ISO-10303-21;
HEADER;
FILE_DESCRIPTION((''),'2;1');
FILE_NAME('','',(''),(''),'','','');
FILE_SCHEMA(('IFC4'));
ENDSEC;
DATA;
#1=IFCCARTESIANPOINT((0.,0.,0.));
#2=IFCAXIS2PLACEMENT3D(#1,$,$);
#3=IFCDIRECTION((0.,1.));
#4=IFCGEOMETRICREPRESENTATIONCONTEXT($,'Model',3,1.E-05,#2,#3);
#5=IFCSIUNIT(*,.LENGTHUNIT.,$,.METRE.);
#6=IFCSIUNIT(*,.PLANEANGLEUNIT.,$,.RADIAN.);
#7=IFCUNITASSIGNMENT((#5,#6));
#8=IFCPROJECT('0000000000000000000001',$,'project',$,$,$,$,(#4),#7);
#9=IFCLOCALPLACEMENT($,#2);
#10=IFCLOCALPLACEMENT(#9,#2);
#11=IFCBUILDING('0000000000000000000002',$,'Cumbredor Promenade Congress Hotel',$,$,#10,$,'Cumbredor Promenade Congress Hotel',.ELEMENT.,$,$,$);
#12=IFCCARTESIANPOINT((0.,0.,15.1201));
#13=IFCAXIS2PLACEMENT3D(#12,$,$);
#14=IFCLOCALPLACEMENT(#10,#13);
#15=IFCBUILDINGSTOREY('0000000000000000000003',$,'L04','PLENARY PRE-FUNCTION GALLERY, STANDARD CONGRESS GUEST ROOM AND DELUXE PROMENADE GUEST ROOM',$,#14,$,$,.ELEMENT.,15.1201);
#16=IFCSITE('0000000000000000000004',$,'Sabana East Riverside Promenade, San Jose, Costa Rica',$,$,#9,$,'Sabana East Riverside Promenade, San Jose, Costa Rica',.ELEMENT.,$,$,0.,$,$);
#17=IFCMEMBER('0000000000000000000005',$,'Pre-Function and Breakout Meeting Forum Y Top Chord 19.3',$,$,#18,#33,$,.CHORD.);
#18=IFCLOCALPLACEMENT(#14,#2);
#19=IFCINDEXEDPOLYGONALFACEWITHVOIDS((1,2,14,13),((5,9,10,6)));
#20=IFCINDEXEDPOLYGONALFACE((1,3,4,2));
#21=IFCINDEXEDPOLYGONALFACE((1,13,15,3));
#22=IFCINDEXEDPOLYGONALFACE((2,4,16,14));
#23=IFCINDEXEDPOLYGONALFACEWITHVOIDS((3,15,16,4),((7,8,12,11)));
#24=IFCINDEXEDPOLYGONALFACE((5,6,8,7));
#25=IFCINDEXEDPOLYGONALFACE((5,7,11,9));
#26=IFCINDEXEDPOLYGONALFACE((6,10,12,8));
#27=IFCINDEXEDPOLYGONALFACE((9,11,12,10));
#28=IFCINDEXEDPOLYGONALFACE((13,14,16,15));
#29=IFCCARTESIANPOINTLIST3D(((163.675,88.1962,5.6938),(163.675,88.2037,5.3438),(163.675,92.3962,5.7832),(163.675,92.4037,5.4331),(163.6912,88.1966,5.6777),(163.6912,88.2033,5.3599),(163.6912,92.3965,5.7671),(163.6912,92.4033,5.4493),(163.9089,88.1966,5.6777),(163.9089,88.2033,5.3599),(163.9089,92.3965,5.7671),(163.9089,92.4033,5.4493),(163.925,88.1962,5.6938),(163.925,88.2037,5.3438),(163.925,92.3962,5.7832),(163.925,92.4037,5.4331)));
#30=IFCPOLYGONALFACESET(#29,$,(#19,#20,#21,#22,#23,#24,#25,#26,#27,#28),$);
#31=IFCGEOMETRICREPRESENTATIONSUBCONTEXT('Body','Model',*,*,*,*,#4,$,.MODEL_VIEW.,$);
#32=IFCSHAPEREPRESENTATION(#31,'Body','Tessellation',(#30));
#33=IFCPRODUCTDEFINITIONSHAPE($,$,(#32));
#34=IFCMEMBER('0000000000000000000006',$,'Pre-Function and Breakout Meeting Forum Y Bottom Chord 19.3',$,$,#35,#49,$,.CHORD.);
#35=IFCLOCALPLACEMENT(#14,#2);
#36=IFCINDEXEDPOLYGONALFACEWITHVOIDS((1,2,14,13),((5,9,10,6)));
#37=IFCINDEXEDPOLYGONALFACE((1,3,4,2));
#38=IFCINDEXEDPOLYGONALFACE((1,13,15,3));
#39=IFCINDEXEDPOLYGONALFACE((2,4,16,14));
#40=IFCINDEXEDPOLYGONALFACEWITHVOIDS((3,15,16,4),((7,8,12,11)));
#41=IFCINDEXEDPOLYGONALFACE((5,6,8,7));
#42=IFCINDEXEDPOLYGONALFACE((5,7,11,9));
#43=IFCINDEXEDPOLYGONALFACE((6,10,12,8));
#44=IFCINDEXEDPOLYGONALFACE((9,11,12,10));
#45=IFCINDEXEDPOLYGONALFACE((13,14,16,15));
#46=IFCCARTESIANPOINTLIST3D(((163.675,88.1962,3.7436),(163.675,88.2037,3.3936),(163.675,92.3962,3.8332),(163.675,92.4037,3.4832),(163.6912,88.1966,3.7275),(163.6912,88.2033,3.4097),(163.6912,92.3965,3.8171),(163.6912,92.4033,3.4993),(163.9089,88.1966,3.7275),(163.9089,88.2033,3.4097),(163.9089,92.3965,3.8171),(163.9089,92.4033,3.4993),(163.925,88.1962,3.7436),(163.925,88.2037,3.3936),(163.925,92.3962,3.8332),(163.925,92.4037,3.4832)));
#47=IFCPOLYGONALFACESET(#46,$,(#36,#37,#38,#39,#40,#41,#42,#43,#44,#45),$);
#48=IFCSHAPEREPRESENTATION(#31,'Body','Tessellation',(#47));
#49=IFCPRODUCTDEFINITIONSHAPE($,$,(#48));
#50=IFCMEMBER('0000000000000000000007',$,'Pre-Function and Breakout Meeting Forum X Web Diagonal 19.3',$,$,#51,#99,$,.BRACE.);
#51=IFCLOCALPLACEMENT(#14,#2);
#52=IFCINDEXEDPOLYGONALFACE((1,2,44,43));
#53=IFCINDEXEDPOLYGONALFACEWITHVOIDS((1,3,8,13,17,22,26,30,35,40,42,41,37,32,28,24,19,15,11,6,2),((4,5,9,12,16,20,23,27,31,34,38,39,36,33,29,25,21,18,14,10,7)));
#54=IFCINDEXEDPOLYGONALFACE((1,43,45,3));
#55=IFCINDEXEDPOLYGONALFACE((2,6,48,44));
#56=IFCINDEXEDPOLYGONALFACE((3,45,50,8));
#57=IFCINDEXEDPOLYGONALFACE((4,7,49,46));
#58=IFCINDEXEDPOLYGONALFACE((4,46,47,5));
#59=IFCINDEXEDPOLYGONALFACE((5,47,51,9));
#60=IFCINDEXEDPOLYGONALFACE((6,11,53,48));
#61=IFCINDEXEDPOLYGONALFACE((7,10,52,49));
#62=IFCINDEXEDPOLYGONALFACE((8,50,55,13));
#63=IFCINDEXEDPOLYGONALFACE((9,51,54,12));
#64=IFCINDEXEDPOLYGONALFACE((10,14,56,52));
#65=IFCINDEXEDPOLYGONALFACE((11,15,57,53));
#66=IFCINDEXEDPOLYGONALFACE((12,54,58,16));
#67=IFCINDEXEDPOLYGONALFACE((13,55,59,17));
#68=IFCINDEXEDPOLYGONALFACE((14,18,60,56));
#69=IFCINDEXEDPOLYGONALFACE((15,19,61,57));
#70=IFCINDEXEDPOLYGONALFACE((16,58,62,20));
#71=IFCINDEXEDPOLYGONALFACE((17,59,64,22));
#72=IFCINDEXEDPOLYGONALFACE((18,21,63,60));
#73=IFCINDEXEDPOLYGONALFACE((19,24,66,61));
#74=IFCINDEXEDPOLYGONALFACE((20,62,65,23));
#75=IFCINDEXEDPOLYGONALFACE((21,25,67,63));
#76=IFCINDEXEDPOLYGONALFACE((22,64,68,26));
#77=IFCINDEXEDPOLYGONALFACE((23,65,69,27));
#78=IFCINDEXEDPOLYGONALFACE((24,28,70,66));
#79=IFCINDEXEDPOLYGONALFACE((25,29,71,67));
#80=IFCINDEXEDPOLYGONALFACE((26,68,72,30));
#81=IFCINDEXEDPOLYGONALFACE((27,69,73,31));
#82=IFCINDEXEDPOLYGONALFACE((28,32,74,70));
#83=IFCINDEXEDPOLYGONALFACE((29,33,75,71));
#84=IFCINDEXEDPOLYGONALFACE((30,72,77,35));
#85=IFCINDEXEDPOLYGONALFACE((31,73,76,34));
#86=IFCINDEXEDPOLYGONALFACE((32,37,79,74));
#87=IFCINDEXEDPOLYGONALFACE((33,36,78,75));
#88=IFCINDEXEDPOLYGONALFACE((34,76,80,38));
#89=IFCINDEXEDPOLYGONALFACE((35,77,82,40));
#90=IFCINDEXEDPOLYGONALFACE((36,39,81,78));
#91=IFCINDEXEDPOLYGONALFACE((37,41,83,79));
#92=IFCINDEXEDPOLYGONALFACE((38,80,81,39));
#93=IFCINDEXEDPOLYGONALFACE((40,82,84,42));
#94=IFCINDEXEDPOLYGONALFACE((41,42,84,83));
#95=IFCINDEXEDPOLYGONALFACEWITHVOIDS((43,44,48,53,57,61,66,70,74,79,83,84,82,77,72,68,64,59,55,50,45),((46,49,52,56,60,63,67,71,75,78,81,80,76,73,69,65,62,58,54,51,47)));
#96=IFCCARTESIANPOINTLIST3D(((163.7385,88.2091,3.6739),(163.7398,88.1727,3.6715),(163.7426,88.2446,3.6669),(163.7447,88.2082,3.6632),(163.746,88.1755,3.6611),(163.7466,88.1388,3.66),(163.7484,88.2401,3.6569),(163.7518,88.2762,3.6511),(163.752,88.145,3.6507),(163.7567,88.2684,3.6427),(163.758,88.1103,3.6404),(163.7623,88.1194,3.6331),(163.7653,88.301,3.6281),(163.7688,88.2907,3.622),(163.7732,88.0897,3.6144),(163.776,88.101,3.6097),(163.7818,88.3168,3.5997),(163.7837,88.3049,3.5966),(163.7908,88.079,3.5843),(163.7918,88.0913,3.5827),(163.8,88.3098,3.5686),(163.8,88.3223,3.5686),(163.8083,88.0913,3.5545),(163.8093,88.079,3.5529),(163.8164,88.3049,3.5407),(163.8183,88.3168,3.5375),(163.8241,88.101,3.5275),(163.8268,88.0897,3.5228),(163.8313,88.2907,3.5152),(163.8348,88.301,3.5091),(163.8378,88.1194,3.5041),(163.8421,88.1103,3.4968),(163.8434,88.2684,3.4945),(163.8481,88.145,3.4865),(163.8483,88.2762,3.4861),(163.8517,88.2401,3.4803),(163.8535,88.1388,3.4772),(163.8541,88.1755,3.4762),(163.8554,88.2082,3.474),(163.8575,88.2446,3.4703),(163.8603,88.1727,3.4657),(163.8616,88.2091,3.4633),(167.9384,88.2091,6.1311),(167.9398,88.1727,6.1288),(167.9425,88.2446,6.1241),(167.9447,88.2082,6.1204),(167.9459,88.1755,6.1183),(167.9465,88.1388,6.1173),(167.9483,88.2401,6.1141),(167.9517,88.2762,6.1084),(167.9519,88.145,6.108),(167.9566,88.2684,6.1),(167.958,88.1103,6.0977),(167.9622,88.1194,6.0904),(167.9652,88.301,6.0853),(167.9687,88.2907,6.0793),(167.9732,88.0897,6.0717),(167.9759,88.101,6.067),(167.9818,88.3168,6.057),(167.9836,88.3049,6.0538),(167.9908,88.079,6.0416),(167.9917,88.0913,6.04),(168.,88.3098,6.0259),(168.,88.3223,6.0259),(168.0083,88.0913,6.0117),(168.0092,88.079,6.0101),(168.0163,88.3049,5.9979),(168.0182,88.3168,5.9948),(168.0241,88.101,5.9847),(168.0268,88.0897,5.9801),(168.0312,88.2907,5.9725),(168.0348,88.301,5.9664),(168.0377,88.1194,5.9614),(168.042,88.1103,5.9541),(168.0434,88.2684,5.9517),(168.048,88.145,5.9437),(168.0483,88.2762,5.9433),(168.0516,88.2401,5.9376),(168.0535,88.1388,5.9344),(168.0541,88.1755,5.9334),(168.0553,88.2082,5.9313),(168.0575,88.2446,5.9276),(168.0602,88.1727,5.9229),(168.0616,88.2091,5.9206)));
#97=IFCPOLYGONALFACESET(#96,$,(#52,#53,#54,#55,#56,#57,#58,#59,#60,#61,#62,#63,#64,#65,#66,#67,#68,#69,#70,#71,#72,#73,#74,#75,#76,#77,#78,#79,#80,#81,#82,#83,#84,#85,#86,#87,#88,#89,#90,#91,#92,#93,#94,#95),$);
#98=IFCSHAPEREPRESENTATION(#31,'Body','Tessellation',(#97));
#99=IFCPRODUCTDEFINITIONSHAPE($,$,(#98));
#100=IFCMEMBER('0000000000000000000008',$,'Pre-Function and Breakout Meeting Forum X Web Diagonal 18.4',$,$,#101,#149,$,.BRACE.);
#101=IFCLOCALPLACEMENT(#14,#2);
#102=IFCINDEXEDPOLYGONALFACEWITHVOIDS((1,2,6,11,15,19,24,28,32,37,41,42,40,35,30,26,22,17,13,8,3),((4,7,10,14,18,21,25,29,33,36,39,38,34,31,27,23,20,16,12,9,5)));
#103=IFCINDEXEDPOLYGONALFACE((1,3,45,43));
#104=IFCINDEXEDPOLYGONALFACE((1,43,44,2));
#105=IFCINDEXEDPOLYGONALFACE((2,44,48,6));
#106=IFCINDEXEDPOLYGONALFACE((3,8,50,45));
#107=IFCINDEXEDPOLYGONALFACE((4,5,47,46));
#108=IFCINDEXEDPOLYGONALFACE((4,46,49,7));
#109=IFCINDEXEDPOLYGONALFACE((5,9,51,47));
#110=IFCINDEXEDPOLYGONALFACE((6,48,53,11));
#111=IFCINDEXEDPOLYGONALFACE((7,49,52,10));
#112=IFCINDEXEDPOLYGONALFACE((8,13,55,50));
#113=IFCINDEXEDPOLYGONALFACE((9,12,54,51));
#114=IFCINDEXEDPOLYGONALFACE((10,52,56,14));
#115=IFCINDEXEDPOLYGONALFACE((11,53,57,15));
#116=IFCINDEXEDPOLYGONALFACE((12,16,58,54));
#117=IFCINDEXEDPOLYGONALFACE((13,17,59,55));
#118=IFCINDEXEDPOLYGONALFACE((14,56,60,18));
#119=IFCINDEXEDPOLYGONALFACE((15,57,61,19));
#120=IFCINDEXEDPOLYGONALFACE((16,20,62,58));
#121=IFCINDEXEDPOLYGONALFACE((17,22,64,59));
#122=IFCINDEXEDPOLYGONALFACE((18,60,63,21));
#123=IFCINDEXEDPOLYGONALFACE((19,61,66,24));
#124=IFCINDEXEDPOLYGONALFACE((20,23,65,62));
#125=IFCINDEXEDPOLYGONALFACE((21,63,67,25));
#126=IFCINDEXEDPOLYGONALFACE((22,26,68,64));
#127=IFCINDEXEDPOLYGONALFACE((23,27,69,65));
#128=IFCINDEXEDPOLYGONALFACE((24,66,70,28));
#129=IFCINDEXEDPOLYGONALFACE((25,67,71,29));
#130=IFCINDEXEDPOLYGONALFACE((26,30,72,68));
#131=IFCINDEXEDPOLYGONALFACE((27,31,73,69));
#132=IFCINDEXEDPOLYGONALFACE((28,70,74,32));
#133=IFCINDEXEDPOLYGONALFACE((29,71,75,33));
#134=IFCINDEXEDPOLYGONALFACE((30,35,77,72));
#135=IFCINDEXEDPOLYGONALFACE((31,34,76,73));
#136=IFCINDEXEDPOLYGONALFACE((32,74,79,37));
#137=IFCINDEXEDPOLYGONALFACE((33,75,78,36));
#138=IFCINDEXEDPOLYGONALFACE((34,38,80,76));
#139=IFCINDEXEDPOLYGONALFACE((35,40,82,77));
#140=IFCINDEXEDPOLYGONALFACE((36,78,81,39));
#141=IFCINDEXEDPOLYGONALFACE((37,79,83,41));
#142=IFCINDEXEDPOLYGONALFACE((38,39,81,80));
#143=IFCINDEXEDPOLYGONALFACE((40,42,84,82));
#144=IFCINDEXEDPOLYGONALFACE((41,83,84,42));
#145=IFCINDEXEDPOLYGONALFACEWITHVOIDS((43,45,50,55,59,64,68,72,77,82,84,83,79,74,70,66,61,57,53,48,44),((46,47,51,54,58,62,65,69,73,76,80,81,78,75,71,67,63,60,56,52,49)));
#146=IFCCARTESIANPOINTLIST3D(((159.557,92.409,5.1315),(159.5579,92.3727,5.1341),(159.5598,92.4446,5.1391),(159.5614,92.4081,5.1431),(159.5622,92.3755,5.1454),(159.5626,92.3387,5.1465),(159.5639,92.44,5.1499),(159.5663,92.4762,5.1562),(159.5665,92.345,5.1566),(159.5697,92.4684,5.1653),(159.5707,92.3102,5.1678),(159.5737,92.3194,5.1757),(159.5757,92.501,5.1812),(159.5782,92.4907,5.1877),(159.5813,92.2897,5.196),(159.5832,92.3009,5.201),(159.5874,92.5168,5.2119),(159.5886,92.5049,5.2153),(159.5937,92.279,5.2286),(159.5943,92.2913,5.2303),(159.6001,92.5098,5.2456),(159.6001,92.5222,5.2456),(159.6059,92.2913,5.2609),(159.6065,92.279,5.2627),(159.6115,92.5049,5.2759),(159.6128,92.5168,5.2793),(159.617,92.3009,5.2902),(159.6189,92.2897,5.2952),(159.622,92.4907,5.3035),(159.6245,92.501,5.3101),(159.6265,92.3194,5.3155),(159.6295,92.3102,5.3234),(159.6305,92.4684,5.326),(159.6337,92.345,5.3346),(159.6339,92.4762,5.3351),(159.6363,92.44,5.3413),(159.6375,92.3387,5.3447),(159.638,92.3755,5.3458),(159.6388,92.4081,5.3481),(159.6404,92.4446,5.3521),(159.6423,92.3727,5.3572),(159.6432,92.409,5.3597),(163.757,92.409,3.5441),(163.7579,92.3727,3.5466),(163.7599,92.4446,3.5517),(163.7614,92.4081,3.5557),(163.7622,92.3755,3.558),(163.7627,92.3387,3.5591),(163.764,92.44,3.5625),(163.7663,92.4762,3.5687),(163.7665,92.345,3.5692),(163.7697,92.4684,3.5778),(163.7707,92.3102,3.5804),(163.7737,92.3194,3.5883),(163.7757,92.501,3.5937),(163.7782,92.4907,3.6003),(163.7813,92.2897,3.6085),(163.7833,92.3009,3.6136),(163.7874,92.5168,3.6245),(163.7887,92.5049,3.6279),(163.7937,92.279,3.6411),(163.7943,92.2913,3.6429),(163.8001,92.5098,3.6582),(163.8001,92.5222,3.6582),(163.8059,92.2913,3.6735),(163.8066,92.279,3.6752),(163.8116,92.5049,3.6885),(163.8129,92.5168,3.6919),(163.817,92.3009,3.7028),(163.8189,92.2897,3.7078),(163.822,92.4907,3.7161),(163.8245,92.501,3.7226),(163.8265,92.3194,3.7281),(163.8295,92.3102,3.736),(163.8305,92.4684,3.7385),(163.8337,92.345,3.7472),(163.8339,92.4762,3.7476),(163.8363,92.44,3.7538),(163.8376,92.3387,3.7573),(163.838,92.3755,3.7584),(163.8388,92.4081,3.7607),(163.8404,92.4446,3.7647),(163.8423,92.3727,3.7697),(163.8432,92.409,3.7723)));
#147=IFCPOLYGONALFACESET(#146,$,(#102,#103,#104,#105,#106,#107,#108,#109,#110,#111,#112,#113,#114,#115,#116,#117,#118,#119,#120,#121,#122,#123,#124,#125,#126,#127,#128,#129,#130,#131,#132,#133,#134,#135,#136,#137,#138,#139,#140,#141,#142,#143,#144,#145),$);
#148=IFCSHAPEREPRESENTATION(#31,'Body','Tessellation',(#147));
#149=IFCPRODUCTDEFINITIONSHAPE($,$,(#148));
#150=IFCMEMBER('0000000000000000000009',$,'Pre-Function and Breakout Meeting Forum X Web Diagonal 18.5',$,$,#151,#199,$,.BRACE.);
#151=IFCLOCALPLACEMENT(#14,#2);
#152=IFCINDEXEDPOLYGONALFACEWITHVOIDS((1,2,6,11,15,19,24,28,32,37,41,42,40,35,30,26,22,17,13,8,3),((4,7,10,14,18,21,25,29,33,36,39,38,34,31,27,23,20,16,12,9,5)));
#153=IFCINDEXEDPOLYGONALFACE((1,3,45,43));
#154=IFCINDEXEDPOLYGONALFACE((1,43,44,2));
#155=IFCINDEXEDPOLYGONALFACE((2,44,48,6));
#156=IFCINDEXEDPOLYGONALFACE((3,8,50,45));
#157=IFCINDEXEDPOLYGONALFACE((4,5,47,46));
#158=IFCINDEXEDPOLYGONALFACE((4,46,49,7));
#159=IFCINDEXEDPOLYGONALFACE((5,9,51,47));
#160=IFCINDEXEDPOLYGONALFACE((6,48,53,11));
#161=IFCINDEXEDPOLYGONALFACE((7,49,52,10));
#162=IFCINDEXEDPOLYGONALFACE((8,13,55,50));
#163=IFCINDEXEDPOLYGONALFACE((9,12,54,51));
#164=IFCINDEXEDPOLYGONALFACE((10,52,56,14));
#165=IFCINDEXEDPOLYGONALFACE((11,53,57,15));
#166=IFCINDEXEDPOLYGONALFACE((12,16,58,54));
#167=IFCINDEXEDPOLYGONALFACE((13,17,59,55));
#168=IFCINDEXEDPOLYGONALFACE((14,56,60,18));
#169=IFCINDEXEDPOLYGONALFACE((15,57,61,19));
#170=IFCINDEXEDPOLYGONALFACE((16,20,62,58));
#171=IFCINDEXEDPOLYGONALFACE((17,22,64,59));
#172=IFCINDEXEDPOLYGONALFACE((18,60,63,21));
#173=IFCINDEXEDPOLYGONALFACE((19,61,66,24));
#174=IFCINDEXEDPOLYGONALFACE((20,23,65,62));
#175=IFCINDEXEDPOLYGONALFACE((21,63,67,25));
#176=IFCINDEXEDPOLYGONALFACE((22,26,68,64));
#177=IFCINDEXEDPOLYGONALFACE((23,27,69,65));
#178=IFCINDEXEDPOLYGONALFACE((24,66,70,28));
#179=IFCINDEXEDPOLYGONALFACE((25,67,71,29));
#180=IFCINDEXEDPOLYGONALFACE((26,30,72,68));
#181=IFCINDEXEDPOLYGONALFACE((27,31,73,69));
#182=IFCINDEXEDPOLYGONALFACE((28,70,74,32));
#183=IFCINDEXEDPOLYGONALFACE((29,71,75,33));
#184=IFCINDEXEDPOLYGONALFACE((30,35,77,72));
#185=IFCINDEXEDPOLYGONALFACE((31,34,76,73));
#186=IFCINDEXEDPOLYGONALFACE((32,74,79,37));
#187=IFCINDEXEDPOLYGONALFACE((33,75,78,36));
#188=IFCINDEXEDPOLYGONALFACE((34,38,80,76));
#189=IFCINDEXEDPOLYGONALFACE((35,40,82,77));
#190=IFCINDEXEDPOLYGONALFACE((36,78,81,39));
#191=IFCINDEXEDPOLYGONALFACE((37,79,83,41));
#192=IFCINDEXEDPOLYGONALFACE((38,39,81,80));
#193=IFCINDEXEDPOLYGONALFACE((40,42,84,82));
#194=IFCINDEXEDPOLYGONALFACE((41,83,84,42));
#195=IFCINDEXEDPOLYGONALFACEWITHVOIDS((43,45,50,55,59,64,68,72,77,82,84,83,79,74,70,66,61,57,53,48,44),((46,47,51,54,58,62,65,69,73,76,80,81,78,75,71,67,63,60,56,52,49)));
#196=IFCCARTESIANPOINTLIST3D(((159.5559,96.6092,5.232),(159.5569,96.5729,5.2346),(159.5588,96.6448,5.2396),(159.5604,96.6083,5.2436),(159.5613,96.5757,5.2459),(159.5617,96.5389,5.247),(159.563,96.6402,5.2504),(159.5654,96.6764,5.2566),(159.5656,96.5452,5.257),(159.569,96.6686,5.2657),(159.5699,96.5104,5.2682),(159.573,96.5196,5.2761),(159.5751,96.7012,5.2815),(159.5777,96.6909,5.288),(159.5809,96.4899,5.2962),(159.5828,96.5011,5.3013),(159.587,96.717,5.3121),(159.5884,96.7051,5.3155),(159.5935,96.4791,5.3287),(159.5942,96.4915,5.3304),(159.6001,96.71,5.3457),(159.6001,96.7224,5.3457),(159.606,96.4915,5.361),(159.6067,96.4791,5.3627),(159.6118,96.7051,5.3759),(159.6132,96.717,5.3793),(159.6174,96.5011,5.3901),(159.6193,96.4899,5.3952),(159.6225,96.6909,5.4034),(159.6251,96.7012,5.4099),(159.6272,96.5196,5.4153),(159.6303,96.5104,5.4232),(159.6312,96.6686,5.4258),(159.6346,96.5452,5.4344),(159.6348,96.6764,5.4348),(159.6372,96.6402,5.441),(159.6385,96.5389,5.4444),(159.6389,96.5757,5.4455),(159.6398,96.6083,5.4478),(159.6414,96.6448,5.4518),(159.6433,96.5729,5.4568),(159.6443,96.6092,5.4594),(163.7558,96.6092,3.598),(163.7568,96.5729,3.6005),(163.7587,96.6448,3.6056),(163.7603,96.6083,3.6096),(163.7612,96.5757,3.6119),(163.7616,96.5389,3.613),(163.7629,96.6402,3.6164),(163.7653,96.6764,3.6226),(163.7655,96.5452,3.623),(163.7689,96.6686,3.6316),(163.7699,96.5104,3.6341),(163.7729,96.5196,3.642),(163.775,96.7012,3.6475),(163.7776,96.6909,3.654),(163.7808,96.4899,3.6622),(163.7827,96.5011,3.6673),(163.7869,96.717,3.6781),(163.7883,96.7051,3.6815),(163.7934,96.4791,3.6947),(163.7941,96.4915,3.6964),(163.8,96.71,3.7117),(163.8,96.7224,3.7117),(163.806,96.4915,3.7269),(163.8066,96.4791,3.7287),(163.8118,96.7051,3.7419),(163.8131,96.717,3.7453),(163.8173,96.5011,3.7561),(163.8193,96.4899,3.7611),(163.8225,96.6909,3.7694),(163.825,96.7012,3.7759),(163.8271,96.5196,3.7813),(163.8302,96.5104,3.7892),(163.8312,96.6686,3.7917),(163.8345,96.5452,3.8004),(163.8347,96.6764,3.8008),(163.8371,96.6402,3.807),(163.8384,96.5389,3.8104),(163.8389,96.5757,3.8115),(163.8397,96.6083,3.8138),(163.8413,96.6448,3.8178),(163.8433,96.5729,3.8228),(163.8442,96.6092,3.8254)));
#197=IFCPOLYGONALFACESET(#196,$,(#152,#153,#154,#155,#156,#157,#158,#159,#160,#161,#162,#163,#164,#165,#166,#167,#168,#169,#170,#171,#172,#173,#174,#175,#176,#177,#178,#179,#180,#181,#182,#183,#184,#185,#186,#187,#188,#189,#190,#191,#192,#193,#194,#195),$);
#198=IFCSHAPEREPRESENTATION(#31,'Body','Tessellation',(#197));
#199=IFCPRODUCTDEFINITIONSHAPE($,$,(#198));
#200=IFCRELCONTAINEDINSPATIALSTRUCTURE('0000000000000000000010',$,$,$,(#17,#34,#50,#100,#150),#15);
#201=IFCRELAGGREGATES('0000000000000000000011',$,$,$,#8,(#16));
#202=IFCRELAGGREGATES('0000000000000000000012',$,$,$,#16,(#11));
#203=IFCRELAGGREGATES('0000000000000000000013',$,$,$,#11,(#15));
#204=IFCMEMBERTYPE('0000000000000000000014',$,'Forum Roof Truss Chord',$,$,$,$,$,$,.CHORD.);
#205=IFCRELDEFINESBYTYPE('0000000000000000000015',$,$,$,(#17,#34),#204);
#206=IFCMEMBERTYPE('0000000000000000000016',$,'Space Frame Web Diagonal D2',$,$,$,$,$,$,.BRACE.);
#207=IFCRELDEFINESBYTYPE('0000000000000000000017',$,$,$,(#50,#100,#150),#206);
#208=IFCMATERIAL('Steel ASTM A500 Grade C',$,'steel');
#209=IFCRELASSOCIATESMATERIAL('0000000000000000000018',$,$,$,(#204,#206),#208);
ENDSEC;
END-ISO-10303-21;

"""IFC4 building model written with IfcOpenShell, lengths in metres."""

from ifc_helpers import new_model, si_unit, direction, frame, origin, origin_2d, place, context, subcontext, project, spatial, hollow_rectangle, hollow_circle, extrude, material, material_profile, profile_set, type_object, element, save


model = new_model("IFC4")

# Units and contexts
model_context = context("Model", 3, precision=1e-05, world=origin(), true_north=direction((0.0, 1.0)))
body_context = subcontext(model_context, "Body", "Model", "MODEL_VIEW")
ifc_project = project(units=[si_unit("LENGTHUNIT", "METRE"), si_unit("PLANEANGLEUNIT", "RADIAN")], contexts=[model_context])

# Site, building, storey
site_placement = place(None, origin())
site = spatial("IfcSite", under=ifc_project, at=site_placement, Name="Sabana East Riverside Promenade, San Jose, Costa Rica", LongName="Sabana East Riverside Promenade, San Jose, Costa Rica", CompositionType="ELEMENT", RefElevation=0.0)
building_placement = place(site_placement, origin())
building = spatial("IfcBuilding", under=site, at=building_placement, Name="Cumbredor Promenade Congress Hotel", LongName="Cumbredor Promenade Congress Hotel", CompositionType="ELEMENT")
storey_placement = place(building_placement, frame((0.0, 0.0, 15.1201)))
storey = spatial("IfcBuildingStorey", under=building, at=storey_placement, Name="L04", Description="PLENARY PRE-FUNCTION GALLERY, STANDARD CONGRESS GUEST ROOM AND DELUXE PROMENADE GUEST ROOM", CompositionType="ELEMENT", Elevation=15.1201)

# Members
ifc_material_1 = material(Name="Steel ASTM A500 Grade C", Category="steel")
ifc_material_profile_1 = material_profile(ifc_material_1, hollow_rectangle(XDim=0.25, YDim=0.3501, WallThickness=0.0161, at=origin_2d()), Name="HSS 350x250x16")
ifc_profile_set_1 = profile_set([ifc_material_profile_1], Name="Steel ASTM A500 Grade C")
member_type_1 = type_object("IfcMemberType", Name="Forum Roof Truss Chord", PredefinedType="CHORD", material=ifc_profile_set_1)
for number, where, z_axis, x_axis, name in (
    (1, (163.8, 88.2, 5.5188), (0.0, 0.999774, 0.021271), (-1.0, 0.0, 0.0), "Pre-Function and Breakout Meeting Forum Y Top Chord 19.3"),
    (2, (163.8, 88.2, 3.5686), (0.0, 0.999773, 0.021329), (-1.0, 0.0, 0.0), "Pre-Function and Breakout Meeting Forum Y Bottom Chord 19.3"),
):
    element("IfcMember", number, at=place(storey_placement, frame(where, z_axis=z_axis, x_axis=x_axis)), inside=storey, type_object=member_type_1, Name=name, PredefinedType="CHORD", context=body_context, shape_type="SweptSolid", body=[
        extrude(hollow_rectangle(XDim=0.25, YDim=0.3501, WallThickness=0.0161, at=origin_2d()), origin(), (0.0, 0.0, 1.0), 4.2009),
    ])
ifc_material_profile_2 = material_profile(ifc_material_1, hollow_circle(Radius=0.1223, WallThickness=0.0125, at=origin_2d()), Name="CHS 244.5x12.5")
ifc_profile_set_2 = profile_set([ifc_material_profile_2], Name="Steel ASTM A500 Grade C")
member_type_2 = type_object("IfcMemberType", Name="Space Frame Web Diagonal D2", PredefinedType="BRACE", material=ifc_profile_set_2)
member_1_placement = place(storey_placement, frame((163.8, 88.2, 3.5686), z_axis=(0.863125, 0.0, 0.504991), x_axis=(0.0, 1.0, 0.0)))
element("IfcMember", 3, at=member_1_placement, inside=storey, type_object=member_type_2, Name="Pre-Function and Breakout Meeting Forum X Web Diagonal 19.3", PredefinedType="BRACE", context=body_context, shape_type="SweptSolid", body=[
    extrude(hollow_circle(Radius=0.1223, WallThickness=0.0125, at=origin_2d()), origin(), (0.0, 0.0, 1.0), 4.866),
])
member_2_placement = place(storey_placement, frame((159.6001, 92.3999, 5.2456), z_axis=(0.935417, 0.0, -0.353548), x_axis=(0.0, 1.0, 0.0)))
element("IfcMember", 4, at=member_2_placement, inside=storey, type_object=member_type_2, Name="Pre-Function and Breakout Meeting Forum X Web Diagonal 18.4", PredefinedType="BRACE", context=body_context, shape_type="SweptSolid", body=[
    extrude(hollow_circle(Radius=0.1223, WallThickness=0.0125, at=origin_2d()), origin(), (0.0, 0.0, 1.0), 4.49),
])
member_3_placement = place(storey_placement, frame((159.6001, 96.6001, 5.3457), z_axis=(0.931951, 0.0, -0.362585), x_axis=(0.0, 1.0, 0.0)))
element("IfcMember", 5, at=member_3_placement, inside=storey, type_object=member_type_2, Name="Pre-Function and Breakout Meeting Forum X Web Diagonal 18.5", PredefinedType="BRACE", context=body_context, shape_type="SweptSolid", body=[
    extrude(hollow_circle(Radius=0.1223, WallThickness=0.0125, at=origin_2d()), origin(), (0.0, 0.0, 1.0), 4.5066),
])

save(model, "model.ifc")
